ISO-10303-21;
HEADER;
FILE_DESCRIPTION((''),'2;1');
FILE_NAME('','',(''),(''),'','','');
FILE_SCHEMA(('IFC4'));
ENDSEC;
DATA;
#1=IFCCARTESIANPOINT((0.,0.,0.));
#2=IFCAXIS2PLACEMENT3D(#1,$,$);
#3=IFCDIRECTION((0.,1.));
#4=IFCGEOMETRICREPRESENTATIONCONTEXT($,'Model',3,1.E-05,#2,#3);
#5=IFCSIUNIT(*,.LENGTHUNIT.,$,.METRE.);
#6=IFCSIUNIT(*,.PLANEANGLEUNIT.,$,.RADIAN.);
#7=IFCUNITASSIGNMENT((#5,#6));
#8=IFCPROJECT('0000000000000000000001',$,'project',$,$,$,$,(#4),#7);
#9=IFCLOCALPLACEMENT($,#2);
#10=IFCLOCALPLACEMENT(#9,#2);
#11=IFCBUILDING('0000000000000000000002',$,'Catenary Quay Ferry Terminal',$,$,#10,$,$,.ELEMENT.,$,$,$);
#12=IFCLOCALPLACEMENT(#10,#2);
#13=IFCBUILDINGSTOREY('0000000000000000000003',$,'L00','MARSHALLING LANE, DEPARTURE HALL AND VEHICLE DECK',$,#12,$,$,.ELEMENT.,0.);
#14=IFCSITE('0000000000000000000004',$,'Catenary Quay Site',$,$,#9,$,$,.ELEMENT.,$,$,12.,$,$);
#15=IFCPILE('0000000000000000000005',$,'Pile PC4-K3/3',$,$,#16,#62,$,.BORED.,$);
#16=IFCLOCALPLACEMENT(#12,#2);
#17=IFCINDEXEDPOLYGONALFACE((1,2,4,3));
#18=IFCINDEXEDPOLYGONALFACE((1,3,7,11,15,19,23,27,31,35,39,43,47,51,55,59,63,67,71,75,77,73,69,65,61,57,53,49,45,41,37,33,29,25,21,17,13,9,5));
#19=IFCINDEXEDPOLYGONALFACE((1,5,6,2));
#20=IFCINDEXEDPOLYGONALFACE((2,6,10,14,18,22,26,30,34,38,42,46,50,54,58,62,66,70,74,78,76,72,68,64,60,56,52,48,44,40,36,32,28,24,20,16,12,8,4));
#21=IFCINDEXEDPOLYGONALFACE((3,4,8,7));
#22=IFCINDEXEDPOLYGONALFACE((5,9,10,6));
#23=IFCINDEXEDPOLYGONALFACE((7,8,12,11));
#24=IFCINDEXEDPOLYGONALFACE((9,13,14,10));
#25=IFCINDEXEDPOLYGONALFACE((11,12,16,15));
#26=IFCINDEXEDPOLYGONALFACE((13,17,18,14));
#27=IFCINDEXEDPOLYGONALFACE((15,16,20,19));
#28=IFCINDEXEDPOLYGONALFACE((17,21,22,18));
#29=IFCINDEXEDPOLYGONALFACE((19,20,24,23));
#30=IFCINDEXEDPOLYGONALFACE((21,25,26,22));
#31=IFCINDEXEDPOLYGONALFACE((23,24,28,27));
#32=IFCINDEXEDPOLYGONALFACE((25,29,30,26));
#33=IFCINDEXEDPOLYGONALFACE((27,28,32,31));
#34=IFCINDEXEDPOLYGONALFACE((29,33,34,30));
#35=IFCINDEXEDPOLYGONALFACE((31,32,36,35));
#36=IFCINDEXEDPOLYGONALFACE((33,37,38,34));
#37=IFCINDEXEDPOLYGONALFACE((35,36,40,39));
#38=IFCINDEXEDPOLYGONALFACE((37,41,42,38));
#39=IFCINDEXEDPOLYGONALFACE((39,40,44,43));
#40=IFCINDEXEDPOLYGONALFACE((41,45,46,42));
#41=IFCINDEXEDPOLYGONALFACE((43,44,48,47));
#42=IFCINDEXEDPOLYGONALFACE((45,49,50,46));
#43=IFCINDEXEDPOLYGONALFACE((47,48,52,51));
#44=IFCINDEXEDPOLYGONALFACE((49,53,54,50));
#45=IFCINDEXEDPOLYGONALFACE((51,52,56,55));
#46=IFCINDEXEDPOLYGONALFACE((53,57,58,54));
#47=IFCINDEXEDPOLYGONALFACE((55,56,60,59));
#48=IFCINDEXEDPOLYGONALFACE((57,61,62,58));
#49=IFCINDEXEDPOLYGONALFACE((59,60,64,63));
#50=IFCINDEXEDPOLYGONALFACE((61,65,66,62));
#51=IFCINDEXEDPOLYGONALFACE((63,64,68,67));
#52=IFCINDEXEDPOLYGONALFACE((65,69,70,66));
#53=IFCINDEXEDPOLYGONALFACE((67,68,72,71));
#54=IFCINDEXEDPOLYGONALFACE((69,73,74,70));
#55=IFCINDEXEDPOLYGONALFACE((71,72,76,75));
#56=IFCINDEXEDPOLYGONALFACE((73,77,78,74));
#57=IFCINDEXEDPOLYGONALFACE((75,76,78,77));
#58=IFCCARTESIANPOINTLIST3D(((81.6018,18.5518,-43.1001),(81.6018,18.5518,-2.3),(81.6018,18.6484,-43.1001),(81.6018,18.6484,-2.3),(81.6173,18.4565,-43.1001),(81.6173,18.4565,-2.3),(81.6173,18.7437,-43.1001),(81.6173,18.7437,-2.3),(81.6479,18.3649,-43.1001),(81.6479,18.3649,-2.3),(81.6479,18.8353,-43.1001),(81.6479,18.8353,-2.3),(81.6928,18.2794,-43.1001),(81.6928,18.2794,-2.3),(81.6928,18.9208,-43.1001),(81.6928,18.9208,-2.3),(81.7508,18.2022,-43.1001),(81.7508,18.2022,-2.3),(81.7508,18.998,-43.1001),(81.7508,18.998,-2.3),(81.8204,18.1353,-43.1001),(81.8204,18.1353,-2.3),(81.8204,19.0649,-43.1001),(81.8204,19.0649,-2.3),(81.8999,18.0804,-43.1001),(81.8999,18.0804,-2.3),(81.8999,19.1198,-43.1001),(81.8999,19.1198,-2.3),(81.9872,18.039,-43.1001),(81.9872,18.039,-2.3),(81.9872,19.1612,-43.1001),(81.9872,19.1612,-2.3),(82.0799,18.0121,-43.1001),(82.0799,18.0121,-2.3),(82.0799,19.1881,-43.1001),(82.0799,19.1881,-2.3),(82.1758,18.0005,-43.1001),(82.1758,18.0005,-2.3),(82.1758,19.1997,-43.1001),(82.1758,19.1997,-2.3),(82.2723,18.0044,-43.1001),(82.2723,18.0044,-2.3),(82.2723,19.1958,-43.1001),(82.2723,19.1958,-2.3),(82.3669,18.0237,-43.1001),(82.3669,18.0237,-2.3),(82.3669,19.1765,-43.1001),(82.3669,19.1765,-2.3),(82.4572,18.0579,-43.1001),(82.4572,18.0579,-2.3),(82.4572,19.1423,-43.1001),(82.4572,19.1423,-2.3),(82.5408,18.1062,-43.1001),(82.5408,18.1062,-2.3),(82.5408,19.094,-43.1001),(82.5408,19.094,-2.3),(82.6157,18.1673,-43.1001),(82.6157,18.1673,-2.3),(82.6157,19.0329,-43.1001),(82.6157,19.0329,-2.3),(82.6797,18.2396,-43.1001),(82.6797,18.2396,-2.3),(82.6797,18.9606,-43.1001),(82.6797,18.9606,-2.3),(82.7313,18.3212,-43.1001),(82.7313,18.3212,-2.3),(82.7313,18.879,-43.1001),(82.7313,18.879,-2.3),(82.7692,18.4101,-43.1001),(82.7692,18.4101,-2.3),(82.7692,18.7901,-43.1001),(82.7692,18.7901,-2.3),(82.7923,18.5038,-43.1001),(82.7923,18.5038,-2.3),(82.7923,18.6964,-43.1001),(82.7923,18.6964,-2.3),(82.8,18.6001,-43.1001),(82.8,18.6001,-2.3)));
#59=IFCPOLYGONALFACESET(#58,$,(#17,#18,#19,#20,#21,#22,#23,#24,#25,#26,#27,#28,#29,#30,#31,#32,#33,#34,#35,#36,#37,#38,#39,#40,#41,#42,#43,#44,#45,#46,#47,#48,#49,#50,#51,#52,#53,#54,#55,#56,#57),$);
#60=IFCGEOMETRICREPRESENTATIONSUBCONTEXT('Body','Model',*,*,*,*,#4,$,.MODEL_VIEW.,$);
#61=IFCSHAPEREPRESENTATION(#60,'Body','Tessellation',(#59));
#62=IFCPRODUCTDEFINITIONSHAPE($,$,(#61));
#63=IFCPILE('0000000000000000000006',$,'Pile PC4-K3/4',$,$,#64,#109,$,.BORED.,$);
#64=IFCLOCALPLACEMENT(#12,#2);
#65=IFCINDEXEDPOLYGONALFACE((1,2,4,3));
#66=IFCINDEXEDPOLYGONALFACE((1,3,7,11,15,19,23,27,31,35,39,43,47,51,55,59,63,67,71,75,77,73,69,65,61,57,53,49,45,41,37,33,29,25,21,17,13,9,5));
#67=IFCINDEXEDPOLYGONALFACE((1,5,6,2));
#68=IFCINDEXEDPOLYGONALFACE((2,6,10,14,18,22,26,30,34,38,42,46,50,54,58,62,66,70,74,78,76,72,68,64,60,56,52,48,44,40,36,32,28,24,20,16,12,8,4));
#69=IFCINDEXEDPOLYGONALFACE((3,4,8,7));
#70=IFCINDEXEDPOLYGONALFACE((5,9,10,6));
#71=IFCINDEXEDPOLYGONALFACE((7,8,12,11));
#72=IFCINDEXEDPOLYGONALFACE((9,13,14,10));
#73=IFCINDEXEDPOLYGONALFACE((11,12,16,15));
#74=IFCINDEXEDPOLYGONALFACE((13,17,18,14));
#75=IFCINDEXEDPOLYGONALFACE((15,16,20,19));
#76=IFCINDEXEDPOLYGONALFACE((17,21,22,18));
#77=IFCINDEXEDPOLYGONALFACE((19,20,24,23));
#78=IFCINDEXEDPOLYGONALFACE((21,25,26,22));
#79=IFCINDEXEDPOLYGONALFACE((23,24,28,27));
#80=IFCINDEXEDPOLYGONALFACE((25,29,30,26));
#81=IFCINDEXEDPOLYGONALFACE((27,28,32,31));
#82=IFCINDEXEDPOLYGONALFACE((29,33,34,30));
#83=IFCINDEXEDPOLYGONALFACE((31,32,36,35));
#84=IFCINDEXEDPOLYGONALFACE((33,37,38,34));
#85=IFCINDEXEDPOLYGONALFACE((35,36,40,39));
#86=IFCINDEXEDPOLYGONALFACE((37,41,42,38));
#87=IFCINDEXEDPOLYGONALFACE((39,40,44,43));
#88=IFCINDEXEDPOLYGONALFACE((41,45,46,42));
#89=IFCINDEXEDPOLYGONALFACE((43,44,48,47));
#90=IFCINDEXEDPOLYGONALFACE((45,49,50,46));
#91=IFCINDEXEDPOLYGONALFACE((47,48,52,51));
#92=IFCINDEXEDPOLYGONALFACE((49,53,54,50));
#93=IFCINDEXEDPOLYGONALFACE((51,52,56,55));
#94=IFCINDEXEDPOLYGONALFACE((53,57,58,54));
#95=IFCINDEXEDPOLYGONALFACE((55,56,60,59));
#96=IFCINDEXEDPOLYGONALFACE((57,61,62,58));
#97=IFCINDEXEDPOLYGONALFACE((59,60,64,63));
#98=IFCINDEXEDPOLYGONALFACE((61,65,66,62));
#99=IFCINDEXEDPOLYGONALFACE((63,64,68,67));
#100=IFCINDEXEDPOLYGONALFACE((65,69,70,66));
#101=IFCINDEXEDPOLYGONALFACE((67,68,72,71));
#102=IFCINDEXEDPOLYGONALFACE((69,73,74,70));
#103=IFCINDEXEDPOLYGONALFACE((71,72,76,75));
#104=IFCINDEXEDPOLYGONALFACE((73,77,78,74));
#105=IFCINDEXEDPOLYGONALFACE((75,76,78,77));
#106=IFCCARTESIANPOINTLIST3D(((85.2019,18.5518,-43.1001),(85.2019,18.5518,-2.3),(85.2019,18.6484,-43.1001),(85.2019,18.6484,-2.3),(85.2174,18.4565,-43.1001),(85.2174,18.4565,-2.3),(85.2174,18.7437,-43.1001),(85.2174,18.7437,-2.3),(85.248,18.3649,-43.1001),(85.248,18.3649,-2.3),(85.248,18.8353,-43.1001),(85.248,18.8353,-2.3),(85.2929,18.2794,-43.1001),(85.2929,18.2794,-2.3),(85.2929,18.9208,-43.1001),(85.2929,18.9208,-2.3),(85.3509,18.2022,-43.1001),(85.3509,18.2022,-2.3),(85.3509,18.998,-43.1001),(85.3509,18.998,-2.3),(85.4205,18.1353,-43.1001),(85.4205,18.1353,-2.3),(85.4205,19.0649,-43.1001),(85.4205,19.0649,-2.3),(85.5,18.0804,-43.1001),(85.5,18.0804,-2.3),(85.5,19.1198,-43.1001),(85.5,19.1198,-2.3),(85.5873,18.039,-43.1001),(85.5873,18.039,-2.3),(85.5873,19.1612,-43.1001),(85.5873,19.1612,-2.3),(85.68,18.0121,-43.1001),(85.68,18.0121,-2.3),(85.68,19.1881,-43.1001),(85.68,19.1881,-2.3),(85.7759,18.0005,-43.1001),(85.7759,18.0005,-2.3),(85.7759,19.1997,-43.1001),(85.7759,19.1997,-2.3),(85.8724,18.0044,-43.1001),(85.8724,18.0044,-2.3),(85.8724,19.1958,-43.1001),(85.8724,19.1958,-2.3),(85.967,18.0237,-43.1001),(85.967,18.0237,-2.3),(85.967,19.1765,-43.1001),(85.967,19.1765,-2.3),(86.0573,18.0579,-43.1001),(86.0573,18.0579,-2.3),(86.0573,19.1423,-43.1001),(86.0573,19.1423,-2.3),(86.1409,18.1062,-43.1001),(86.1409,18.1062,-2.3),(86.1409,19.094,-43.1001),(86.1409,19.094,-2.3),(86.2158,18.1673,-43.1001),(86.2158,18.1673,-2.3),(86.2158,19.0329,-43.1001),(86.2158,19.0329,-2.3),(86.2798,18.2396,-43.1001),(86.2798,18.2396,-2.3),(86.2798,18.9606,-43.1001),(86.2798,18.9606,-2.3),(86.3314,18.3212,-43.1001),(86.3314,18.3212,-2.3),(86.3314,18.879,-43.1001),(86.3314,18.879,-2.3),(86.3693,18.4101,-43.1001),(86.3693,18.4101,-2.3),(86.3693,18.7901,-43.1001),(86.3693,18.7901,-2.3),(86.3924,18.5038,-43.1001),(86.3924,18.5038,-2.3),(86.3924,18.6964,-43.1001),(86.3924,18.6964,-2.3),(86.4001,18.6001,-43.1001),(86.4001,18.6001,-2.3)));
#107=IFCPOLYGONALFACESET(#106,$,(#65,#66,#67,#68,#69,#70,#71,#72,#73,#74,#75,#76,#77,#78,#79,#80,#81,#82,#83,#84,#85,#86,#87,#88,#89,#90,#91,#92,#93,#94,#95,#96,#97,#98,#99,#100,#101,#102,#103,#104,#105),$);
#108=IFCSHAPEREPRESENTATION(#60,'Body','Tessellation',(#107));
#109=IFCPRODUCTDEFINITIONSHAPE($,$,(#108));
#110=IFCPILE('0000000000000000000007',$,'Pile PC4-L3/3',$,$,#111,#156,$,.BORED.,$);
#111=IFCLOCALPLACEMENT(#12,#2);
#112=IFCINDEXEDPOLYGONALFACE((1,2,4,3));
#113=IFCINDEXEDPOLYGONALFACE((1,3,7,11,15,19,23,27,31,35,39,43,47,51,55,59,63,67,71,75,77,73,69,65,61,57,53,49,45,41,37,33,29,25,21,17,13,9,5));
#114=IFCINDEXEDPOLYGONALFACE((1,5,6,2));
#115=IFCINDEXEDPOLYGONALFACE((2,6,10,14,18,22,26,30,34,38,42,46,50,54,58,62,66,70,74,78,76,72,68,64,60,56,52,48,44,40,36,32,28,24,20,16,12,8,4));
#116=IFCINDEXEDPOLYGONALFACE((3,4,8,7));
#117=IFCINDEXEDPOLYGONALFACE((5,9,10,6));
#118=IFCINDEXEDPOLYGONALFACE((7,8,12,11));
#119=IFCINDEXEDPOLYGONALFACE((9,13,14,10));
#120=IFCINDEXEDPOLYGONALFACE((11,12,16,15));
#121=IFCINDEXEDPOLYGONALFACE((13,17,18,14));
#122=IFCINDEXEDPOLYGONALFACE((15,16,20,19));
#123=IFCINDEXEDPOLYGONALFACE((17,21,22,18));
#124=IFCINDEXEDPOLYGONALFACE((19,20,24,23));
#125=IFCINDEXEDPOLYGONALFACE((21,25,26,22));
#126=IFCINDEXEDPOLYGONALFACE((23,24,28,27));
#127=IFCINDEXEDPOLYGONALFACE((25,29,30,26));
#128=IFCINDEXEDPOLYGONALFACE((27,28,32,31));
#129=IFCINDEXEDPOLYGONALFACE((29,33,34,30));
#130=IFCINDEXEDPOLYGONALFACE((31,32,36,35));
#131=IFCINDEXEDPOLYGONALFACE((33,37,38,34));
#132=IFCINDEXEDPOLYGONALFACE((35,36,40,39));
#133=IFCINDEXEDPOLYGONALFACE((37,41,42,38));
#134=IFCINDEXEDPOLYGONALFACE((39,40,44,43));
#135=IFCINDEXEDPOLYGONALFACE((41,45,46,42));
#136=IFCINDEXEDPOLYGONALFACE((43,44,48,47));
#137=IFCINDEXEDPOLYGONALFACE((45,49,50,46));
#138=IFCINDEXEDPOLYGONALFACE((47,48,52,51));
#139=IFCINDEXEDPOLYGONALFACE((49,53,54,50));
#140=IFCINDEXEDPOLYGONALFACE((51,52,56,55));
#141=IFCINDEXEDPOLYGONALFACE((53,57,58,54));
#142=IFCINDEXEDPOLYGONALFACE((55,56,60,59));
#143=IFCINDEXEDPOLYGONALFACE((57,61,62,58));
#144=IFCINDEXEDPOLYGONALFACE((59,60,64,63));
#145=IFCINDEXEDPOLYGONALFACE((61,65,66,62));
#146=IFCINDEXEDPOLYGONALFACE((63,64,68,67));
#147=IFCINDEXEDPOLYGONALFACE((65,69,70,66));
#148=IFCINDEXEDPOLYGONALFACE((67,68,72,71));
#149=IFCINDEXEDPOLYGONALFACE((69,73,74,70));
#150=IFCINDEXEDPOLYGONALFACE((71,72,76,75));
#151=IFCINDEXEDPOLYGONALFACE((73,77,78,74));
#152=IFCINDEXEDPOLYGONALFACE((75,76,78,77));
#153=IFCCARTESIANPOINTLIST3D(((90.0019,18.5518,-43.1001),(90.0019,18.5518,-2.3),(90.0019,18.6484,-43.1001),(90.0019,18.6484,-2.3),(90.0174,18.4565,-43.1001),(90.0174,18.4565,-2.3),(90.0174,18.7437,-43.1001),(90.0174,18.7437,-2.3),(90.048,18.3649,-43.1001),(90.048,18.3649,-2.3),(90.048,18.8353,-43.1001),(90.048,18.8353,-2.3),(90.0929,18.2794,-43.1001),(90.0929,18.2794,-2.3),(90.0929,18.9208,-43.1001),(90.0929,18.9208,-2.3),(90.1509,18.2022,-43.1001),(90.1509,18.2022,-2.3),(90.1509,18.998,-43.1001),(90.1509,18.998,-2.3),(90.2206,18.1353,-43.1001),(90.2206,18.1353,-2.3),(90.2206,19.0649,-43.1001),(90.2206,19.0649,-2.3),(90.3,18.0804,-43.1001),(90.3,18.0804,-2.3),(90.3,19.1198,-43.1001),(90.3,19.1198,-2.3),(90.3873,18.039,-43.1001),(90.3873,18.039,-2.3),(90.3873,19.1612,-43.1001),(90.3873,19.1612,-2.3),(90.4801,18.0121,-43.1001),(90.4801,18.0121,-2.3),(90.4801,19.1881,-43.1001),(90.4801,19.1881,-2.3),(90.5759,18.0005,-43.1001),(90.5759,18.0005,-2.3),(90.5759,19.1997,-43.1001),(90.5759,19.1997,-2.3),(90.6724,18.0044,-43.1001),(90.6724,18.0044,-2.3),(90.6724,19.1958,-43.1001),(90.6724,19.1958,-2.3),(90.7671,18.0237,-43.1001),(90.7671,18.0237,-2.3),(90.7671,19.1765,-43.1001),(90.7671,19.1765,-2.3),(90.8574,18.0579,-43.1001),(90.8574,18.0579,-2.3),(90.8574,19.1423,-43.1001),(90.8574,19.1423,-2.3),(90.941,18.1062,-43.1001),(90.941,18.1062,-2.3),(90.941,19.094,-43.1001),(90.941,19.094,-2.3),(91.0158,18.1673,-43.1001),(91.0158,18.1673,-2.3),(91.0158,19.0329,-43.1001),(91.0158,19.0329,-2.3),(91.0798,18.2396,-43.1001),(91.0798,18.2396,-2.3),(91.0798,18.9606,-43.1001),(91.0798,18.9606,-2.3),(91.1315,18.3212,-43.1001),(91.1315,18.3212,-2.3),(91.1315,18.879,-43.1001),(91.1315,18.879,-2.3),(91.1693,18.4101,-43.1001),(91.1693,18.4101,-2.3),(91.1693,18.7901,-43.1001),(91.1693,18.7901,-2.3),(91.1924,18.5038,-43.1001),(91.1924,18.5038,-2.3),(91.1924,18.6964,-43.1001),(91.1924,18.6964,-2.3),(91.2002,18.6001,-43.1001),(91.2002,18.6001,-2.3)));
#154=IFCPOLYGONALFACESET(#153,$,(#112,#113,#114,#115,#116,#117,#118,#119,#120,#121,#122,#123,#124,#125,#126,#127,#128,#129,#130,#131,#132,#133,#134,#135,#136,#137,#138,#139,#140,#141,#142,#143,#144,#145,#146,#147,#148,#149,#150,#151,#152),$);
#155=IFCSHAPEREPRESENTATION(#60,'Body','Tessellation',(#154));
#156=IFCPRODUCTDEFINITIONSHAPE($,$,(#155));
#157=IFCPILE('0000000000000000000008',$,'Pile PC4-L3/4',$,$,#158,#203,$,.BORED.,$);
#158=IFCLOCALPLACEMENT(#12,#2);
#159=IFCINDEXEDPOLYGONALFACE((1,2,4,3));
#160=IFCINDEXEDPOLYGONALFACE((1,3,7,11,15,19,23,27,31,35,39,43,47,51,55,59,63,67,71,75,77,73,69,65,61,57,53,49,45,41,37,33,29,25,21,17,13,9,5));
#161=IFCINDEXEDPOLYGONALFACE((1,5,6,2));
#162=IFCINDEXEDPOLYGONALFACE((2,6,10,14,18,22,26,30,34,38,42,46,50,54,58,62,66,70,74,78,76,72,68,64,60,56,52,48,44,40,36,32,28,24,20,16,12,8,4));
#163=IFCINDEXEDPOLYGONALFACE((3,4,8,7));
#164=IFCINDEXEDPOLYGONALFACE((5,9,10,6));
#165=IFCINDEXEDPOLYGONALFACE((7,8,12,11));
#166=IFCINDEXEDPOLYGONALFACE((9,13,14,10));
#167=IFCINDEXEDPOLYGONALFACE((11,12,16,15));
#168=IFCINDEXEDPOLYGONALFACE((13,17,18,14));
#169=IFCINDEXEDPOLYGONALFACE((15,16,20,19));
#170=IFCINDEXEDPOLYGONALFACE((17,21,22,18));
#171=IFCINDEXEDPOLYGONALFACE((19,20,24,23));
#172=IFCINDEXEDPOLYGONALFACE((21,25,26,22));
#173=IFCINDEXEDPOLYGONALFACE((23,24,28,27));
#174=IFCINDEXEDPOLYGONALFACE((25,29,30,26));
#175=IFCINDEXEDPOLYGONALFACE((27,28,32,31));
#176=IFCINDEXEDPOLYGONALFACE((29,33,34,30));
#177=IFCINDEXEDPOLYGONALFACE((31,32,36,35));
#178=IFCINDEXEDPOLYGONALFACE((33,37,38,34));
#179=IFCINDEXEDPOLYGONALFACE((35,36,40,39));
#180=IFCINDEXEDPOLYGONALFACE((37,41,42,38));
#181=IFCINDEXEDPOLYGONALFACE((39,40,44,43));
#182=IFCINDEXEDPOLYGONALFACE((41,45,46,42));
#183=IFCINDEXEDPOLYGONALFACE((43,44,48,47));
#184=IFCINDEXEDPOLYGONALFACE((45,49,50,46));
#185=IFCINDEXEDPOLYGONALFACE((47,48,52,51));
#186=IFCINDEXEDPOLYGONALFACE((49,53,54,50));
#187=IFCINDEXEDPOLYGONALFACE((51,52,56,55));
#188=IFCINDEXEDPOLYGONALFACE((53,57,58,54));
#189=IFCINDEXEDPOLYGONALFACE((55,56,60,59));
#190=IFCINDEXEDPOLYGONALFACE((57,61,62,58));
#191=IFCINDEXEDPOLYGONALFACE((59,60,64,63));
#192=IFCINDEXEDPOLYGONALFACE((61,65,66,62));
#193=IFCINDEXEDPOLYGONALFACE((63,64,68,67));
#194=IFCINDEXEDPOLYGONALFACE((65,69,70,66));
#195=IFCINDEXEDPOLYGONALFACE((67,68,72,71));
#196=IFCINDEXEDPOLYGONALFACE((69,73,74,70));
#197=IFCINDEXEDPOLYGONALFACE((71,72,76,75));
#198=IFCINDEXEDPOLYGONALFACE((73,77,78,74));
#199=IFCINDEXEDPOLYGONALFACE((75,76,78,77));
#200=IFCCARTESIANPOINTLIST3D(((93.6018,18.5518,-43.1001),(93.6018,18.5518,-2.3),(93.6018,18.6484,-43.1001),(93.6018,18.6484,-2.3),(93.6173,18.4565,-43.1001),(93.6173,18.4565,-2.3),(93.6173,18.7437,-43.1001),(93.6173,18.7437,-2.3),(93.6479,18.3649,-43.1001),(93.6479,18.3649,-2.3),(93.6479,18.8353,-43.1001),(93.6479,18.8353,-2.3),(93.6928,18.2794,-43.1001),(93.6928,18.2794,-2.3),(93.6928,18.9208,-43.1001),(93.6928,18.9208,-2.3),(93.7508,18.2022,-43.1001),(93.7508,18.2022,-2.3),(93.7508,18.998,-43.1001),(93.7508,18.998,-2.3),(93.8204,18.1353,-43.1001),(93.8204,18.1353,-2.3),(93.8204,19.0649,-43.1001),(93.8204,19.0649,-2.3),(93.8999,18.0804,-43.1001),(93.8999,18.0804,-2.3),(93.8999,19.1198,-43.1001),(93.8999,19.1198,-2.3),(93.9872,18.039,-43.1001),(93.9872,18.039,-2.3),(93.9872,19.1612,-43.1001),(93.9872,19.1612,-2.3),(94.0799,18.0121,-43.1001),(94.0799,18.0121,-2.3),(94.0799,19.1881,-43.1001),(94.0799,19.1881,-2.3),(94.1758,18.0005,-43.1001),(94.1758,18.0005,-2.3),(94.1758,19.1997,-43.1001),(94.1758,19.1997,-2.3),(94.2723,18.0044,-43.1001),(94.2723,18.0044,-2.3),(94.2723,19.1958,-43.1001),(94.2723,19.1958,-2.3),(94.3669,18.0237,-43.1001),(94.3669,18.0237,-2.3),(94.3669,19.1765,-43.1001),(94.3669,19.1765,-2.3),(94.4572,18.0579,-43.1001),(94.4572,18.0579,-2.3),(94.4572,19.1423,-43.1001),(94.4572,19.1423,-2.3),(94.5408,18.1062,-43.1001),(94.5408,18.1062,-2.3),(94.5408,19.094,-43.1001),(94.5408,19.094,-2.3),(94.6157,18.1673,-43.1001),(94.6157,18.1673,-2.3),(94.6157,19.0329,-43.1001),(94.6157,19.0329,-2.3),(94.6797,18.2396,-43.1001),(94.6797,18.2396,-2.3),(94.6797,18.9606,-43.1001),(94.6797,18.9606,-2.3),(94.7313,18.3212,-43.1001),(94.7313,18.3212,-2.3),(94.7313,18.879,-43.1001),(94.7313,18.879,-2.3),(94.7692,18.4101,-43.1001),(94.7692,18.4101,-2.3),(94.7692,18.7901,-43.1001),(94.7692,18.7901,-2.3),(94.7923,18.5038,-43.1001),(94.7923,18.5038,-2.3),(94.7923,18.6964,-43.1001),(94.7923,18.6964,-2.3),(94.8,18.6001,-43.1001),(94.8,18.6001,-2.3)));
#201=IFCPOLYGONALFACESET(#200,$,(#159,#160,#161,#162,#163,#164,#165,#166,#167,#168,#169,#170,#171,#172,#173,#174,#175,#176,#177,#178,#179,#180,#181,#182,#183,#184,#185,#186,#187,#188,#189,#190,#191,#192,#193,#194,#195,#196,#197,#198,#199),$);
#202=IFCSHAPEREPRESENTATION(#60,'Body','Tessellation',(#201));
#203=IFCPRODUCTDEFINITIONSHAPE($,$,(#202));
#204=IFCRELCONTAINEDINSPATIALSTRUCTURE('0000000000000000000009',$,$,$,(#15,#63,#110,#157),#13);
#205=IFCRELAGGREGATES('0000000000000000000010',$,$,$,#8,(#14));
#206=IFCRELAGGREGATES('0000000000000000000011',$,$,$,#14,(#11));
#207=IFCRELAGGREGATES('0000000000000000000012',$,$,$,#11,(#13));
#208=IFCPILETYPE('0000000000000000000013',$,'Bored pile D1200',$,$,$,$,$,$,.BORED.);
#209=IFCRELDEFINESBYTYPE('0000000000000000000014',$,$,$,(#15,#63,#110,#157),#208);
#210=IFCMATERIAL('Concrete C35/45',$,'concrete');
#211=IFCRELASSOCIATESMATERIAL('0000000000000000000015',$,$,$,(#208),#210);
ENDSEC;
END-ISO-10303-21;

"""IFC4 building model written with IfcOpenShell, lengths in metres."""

from ifc_helpers import new_model, si_unit, direction, frame, origin, origin_2d, place, context, subcontext, project, spatial, circle, extrude, material, material_profile, profile_set, type_object, element, save


model = new_model("IFC4")

# Units and contexts
model_context = context("Model", 3, precision=1e-05, world=origin(), true_north=direction((0.0, 1.0)))
body_context = subcontext(model_context, "Body", "Model", "MODEL_VIEW")
ifc_project = project(units=[si_unit("LENGTHUNIT", "METRE"), si_unit("PLANEANGLEUNIT", "RADIAN")], contexts=[model_context])

# Site, building, storey
site_placement = place(None, origin())
site = spatial("IfcSite", under=ifc_project, at=site_placement, Name="Catenary Quay Site", CompositionType="ELEMENT", RefElevation=12.0)
building_placement = place(site_placement, origin())
building = spatial("IfcBuilding", under=site, at=building_placement, Name="Catenary Quay Ferry Terminal", CompositionType="ELEMENT")
storey_placement = place(building_placement, origin())
storey = spatial("IfcBuildingStorey", under=building, at=storey_placement, Name="L00", Description="MARSHALLING LANE, DEPARTURE HALL AND VEHICLE DECK", CompositionType="ELEMENT", Elevation=0.0)

# Piles
ifc_material_1 = material(Name="Concrete C35/45", Category="concrete")
ifc_material_profile_1 = material_profile(ifc_material_1, circle(Radius=0.6001, at=origin_2d()), Name="D1200")
ifc_profile_set_1 = profile_set([ifc_material_profile_1], Name="Concrete C35/45")
pile_type = type_object("IfcPileType", Name="Bored pile D1200", PredefinedType="BORED", material=ifc_profile_set_1)
for number, where, z_axis, x_axis, name in (
    (1, (82.2, 18.6001, -2.3), (0.0, 0.0, -1.0), (1.0, 0.0, 0.0), "Pile PC4-K3/3"),
    (2, (85.8, 18.6001, -2.3), (0.0, 0.0, -1.0), (1.0, 0.0, 0.0), "Pile PC4-K3/4"),
    (3, (90.6001, 18.6001, -2.3), (0.0, 0.0, -1.0), (1.0, 0.0, 0.0), "Pile PC4-L3/3"),
    (4, (94.2, 18.6001, -2.3), (0.0, 0.0, -1.0), (1.0, 0.0, 0.0), "Pile PC4-L3/4"),
):
    element("IfcPile", number, at=place(storey_placement, frame(where, z_axis=z_axis, x_axis=x_axis)), inside=storey, type_object=pile_type, Name=name, PredefinedType="BORED", context=body_context, shape_type="SweptSolid", body=[
        extrude(circle(Radius=0.6001, at=origin_2d()), origin(), (0.0, 0.0, 1.0), 40.8),
    ])

save(model, "model.ifc")
